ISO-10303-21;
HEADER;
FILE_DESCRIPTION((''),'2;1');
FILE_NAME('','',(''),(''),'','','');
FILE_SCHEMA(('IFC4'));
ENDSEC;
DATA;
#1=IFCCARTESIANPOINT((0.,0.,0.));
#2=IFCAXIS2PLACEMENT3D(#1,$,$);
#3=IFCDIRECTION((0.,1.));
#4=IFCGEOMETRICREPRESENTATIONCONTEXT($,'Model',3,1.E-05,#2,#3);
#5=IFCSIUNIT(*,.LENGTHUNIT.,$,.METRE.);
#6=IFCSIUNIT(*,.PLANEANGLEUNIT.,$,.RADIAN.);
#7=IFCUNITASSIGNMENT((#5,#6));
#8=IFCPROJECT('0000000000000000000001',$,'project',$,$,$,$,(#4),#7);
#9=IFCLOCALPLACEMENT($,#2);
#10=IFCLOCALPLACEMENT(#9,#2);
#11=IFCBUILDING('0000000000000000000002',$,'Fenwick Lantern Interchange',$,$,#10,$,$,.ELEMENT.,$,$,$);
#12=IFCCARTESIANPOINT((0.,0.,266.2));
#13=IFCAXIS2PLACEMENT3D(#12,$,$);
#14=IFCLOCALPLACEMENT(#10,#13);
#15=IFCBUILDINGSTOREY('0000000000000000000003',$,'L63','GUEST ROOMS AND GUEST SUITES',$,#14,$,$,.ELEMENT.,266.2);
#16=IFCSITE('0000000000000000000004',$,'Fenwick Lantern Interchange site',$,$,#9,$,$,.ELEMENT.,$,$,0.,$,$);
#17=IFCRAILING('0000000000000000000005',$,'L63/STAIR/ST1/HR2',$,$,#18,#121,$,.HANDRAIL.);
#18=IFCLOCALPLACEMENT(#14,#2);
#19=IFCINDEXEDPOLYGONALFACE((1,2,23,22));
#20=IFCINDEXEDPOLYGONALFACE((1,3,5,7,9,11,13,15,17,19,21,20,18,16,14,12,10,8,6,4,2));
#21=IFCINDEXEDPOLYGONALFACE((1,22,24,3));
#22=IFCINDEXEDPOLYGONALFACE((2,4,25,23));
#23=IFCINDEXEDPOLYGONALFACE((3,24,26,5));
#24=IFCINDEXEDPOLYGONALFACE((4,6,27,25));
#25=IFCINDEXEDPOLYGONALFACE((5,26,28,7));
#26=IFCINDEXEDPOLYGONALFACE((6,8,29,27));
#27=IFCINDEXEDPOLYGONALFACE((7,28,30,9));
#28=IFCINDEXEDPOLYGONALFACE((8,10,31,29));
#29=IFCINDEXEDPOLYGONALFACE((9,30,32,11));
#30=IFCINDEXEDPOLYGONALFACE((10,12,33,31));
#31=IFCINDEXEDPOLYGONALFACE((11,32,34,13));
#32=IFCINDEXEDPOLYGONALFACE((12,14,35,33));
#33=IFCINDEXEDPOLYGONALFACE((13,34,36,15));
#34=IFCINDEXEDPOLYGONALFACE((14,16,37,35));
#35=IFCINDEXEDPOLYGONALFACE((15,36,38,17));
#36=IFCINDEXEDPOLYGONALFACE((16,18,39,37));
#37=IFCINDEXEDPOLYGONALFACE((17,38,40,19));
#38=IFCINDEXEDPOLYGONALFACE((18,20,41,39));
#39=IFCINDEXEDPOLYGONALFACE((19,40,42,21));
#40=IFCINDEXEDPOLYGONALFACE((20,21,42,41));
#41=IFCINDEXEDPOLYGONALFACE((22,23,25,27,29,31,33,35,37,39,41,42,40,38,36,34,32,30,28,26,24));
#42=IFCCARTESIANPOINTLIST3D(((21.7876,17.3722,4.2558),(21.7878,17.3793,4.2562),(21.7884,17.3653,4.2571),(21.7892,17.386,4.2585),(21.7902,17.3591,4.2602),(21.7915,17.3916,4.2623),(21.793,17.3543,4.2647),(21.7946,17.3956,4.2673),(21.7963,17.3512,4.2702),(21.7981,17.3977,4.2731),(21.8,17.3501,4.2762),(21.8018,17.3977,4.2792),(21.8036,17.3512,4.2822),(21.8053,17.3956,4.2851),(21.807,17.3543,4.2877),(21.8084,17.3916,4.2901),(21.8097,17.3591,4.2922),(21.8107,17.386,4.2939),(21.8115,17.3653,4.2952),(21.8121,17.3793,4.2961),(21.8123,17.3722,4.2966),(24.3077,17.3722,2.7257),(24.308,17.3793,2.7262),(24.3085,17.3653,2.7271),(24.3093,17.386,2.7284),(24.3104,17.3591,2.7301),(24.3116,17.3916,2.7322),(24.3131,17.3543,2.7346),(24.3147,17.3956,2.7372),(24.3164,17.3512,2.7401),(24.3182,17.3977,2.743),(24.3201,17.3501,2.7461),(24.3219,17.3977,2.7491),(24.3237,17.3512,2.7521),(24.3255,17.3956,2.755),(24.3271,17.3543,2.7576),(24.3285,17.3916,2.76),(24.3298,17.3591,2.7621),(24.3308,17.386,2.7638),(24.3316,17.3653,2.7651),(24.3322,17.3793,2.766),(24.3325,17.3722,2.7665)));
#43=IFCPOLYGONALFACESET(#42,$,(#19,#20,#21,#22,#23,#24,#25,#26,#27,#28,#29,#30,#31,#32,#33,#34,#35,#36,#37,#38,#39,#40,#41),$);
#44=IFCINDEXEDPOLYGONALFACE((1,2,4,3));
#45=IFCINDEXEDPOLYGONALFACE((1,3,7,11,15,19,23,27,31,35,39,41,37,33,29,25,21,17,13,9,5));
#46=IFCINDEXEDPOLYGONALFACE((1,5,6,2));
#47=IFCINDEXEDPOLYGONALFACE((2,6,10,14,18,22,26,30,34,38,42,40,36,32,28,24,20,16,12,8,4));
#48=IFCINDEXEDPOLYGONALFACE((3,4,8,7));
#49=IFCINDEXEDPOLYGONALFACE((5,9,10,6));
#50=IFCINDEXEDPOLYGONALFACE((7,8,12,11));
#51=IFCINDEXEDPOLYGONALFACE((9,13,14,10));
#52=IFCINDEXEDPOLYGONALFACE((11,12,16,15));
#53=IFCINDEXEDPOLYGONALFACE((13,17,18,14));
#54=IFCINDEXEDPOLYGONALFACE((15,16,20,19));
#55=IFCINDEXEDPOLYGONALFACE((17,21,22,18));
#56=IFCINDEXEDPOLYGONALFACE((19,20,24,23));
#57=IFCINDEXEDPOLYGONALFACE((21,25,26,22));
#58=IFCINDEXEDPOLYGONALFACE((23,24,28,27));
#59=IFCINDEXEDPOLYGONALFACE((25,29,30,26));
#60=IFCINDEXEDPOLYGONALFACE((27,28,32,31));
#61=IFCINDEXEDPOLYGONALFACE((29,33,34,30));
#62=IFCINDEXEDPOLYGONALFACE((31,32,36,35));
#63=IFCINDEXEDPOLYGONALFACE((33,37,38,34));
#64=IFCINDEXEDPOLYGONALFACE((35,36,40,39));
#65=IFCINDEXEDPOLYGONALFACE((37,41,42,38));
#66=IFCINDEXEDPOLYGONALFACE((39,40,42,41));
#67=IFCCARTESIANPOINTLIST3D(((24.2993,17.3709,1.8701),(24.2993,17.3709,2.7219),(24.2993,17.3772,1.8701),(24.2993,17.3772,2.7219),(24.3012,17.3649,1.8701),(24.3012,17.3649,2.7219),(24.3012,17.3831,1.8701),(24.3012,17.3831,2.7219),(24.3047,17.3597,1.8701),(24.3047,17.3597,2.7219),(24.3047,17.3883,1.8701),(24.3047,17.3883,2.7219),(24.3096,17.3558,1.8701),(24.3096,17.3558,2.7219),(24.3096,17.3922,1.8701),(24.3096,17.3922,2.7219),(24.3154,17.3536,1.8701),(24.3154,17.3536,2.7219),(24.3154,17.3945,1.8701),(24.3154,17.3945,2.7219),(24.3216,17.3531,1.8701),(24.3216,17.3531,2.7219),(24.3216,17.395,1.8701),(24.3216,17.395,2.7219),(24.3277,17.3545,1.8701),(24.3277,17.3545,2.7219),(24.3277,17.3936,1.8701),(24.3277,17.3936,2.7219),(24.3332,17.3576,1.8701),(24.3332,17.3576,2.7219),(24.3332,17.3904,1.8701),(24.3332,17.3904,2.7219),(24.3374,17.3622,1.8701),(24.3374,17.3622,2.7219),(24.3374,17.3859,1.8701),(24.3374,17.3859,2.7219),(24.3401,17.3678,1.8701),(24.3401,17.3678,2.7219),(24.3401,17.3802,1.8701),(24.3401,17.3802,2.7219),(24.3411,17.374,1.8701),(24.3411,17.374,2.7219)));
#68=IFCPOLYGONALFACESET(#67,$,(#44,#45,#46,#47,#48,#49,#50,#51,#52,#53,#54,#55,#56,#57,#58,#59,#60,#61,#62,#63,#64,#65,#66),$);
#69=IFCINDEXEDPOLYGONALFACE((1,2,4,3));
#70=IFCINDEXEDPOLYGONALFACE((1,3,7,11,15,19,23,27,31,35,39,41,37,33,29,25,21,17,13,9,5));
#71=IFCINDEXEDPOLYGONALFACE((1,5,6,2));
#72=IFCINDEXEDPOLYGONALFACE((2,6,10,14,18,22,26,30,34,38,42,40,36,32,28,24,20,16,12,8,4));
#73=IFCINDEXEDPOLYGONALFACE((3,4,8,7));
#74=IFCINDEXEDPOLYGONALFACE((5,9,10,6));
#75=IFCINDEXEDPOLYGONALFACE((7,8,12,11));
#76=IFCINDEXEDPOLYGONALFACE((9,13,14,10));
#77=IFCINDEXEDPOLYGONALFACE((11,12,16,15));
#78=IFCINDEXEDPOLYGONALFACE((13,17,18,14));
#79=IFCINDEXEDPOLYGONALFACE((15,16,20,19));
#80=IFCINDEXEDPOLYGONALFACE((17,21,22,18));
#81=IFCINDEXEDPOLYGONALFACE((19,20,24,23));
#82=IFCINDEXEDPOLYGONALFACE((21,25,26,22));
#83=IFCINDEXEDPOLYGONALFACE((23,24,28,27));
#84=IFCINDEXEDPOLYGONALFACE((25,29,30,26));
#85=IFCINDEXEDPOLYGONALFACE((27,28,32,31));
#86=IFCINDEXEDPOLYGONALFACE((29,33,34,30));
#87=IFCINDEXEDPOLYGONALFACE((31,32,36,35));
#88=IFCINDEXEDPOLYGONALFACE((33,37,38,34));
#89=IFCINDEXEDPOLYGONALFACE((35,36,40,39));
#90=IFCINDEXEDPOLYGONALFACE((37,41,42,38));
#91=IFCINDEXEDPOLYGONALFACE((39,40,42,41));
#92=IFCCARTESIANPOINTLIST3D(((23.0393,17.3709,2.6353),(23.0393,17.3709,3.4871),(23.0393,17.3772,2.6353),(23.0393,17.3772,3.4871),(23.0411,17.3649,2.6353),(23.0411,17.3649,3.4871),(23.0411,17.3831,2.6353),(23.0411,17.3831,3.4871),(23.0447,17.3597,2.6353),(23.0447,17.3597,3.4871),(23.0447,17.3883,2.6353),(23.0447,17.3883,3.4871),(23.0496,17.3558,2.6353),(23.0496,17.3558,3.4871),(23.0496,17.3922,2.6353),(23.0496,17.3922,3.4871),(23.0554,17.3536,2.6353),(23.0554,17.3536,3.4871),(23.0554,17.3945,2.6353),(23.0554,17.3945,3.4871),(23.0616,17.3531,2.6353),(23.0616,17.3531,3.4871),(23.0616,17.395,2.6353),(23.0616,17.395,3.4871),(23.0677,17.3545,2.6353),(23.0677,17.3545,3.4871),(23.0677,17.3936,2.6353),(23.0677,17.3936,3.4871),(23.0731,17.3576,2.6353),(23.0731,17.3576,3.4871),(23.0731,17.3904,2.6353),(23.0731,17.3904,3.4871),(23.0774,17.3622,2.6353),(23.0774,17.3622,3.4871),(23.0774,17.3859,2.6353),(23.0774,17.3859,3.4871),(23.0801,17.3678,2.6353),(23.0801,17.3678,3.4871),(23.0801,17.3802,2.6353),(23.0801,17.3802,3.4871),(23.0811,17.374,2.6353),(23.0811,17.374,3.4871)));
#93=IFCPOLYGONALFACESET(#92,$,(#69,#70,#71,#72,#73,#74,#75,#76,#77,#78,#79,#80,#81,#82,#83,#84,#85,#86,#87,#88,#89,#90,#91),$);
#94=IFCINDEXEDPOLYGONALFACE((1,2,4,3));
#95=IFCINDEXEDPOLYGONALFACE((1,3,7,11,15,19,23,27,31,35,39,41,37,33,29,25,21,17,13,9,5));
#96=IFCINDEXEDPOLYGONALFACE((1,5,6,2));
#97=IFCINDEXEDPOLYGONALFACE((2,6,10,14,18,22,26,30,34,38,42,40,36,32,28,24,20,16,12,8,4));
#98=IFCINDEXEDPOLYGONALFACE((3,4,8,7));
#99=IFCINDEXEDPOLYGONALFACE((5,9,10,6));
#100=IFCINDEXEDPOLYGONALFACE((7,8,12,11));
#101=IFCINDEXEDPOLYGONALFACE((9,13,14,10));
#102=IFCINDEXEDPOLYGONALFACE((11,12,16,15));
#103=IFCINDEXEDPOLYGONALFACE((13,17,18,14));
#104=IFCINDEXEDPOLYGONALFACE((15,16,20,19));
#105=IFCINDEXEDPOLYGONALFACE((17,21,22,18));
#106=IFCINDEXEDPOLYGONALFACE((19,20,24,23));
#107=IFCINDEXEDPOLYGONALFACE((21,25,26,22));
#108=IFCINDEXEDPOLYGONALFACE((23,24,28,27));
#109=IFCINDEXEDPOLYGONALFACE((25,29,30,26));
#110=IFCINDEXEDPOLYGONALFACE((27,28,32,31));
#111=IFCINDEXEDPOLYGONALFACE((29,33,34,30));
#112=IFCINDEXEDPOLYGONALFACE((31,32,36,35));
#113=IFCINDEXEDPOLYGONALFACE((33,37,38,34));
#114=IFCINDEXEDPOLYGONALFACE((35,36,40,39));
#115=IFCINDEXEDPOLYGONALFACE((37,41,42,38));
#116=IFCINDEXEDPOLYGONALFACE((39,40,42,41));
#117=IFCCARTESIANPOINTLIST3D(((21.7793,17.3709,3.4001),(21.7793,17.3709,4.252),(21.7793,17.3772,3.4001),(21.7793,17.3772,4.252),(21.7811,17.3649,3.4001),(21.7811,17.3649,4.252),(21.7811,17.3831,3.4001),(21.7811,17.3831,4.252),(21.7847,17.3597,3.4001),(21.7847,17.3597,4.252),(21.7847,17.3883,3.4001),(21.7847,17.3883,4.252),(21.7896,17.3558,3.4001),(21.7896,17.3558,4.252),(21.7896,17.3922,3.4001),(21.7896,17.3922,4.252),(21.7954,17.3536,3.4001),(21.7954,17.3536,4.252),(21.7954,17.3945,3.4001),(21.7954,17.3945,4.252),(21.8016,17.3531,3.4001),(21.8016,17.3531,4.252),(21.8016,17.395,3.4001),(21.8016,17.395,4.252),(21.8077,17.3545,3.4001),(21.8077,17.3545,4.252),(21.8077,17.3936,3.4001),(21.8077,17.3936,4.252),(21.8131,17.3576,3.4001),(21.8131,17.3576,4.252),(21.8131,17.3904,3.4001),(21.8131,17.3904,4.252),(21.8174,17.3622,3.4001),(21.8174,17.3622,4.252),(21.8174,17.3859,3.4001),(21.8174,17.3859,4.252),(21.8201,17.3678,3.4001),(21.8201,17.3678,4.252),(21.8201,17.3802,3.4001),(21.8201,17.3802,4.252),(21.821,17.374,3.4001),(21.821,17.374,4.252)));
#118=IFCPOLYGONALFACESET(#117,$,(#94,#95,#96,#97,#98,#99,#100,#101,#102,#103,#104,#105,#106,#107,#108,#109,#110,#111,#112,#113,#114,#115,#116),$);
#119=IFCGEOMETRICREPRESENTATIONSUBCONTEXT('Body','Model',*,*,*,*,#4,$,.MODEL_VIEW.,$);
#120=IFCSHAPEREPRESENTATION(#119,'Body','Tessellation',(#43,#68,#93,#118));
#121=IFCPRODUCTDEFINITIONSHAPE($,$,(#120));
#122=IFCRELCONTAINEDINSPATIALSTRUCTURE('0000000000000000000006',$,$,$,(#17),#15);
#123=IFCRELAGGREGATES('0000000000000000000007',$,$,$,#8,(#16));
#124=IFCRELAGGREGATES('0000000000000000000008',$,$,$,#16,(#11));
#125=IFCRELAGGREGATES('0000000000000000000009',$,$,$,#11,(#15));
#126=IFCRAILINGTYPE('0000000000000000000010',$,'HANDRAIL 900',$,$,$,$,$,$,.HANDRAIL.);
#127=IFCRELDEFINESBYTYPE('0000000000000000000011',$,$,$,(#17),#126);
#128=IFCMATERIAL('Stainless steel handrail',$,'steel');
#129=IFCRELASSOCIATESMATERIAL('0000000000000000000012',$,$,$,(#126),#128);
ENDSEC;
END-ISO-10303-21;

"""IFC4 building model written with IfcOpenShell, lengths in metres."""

from ifc_helpers import new_model, si_unit, direction, frame, origin, origin_2d, place, context, subcontext, project, spatial, circle, extrude, material, type_object, element, save


model = new_model("IFC4")

# Units and contexts
model_context = context("Model", 3, precision=1e-05, world=origin(), true_north=direction((0.0, 1.0)))
body_context = subcontext(model_context, "Body", "Model", "MODEL_VIEW")
ifc_project = project(units=[si_unit("LENGTHUNIT", "METRE"), si_unit("PLANEANGLEUNIT", "RADIAN")], contexts=[model_context])

# Site, building, storey
site_placement = place(None, origin())
site = spatial("IfcSite", under=ifc_project, at=site_placement, Name="Fenwick Lantern Interchange site", CompositionType="ELEMENT", RefElevation=0.0)
building_placement = place(site_placement, origin())
building = spatial("IfcBuilding", under=site, at=building_placement, Name="Fenwick Lantern Interchange", CompositionType="ELEMENT")
storey_placement = place(building_placement, frame((0.0, 0.0, 266.2)))
storey = spatial("IfcBuildingStorey", under=building, at=storey_placement, Name="L63", Description="GUEST ROOMS AND GUEST SUITES", CompositionType="ELEMENT", Elevation=266.2)

# Railing
ifc_material_1 = material(Name="Stainless steel handrail", Category="steel")
railing_type = type_object("IfcRailingType", Name="HANDRAIL 900", PredefinedType="HANDRAIL", material=ifc_material_1)
railing_1_placement = place(storey_placement, frame((24.3201, 17.374, 1.8701)))
element("IfcRailing", 1, at=railing_1_placement, inside=storey, type_object=railing_type, Name="L63/STAIR/ST1/HR2", PredefinedType="HANDRAIL", context=body_context, shape_type="SweptSolid", body=[
    extrude(circle(Radius=0.0239, at=origin_2d()), frame((0.0, 0.0, 0.876), z_axis=(-0.854785, 0.0, 0.518982), x_axis=(0.0, -1.0, 0.0)), (0.0, 0.0, 1.0), 2.9482),
    extrude(circle(Radius=0.021, at=origin_2d()), origin(), (0.0, 0.0, 1.0), 0.8518),
    extrude(circle(Radius=0.021, at=origin_2d()), frame((-1.26, 0.0, 0.7651)), (0.0, 0.0, 1.0), 0.8518),
    extrude(circle(Radius=0.021, at=origin_2d()), frame((-2.52, 0.0, 1.53)), (0.0, 0.0, 1.0), 0.8518),
])

save(model, "model.ifc")
